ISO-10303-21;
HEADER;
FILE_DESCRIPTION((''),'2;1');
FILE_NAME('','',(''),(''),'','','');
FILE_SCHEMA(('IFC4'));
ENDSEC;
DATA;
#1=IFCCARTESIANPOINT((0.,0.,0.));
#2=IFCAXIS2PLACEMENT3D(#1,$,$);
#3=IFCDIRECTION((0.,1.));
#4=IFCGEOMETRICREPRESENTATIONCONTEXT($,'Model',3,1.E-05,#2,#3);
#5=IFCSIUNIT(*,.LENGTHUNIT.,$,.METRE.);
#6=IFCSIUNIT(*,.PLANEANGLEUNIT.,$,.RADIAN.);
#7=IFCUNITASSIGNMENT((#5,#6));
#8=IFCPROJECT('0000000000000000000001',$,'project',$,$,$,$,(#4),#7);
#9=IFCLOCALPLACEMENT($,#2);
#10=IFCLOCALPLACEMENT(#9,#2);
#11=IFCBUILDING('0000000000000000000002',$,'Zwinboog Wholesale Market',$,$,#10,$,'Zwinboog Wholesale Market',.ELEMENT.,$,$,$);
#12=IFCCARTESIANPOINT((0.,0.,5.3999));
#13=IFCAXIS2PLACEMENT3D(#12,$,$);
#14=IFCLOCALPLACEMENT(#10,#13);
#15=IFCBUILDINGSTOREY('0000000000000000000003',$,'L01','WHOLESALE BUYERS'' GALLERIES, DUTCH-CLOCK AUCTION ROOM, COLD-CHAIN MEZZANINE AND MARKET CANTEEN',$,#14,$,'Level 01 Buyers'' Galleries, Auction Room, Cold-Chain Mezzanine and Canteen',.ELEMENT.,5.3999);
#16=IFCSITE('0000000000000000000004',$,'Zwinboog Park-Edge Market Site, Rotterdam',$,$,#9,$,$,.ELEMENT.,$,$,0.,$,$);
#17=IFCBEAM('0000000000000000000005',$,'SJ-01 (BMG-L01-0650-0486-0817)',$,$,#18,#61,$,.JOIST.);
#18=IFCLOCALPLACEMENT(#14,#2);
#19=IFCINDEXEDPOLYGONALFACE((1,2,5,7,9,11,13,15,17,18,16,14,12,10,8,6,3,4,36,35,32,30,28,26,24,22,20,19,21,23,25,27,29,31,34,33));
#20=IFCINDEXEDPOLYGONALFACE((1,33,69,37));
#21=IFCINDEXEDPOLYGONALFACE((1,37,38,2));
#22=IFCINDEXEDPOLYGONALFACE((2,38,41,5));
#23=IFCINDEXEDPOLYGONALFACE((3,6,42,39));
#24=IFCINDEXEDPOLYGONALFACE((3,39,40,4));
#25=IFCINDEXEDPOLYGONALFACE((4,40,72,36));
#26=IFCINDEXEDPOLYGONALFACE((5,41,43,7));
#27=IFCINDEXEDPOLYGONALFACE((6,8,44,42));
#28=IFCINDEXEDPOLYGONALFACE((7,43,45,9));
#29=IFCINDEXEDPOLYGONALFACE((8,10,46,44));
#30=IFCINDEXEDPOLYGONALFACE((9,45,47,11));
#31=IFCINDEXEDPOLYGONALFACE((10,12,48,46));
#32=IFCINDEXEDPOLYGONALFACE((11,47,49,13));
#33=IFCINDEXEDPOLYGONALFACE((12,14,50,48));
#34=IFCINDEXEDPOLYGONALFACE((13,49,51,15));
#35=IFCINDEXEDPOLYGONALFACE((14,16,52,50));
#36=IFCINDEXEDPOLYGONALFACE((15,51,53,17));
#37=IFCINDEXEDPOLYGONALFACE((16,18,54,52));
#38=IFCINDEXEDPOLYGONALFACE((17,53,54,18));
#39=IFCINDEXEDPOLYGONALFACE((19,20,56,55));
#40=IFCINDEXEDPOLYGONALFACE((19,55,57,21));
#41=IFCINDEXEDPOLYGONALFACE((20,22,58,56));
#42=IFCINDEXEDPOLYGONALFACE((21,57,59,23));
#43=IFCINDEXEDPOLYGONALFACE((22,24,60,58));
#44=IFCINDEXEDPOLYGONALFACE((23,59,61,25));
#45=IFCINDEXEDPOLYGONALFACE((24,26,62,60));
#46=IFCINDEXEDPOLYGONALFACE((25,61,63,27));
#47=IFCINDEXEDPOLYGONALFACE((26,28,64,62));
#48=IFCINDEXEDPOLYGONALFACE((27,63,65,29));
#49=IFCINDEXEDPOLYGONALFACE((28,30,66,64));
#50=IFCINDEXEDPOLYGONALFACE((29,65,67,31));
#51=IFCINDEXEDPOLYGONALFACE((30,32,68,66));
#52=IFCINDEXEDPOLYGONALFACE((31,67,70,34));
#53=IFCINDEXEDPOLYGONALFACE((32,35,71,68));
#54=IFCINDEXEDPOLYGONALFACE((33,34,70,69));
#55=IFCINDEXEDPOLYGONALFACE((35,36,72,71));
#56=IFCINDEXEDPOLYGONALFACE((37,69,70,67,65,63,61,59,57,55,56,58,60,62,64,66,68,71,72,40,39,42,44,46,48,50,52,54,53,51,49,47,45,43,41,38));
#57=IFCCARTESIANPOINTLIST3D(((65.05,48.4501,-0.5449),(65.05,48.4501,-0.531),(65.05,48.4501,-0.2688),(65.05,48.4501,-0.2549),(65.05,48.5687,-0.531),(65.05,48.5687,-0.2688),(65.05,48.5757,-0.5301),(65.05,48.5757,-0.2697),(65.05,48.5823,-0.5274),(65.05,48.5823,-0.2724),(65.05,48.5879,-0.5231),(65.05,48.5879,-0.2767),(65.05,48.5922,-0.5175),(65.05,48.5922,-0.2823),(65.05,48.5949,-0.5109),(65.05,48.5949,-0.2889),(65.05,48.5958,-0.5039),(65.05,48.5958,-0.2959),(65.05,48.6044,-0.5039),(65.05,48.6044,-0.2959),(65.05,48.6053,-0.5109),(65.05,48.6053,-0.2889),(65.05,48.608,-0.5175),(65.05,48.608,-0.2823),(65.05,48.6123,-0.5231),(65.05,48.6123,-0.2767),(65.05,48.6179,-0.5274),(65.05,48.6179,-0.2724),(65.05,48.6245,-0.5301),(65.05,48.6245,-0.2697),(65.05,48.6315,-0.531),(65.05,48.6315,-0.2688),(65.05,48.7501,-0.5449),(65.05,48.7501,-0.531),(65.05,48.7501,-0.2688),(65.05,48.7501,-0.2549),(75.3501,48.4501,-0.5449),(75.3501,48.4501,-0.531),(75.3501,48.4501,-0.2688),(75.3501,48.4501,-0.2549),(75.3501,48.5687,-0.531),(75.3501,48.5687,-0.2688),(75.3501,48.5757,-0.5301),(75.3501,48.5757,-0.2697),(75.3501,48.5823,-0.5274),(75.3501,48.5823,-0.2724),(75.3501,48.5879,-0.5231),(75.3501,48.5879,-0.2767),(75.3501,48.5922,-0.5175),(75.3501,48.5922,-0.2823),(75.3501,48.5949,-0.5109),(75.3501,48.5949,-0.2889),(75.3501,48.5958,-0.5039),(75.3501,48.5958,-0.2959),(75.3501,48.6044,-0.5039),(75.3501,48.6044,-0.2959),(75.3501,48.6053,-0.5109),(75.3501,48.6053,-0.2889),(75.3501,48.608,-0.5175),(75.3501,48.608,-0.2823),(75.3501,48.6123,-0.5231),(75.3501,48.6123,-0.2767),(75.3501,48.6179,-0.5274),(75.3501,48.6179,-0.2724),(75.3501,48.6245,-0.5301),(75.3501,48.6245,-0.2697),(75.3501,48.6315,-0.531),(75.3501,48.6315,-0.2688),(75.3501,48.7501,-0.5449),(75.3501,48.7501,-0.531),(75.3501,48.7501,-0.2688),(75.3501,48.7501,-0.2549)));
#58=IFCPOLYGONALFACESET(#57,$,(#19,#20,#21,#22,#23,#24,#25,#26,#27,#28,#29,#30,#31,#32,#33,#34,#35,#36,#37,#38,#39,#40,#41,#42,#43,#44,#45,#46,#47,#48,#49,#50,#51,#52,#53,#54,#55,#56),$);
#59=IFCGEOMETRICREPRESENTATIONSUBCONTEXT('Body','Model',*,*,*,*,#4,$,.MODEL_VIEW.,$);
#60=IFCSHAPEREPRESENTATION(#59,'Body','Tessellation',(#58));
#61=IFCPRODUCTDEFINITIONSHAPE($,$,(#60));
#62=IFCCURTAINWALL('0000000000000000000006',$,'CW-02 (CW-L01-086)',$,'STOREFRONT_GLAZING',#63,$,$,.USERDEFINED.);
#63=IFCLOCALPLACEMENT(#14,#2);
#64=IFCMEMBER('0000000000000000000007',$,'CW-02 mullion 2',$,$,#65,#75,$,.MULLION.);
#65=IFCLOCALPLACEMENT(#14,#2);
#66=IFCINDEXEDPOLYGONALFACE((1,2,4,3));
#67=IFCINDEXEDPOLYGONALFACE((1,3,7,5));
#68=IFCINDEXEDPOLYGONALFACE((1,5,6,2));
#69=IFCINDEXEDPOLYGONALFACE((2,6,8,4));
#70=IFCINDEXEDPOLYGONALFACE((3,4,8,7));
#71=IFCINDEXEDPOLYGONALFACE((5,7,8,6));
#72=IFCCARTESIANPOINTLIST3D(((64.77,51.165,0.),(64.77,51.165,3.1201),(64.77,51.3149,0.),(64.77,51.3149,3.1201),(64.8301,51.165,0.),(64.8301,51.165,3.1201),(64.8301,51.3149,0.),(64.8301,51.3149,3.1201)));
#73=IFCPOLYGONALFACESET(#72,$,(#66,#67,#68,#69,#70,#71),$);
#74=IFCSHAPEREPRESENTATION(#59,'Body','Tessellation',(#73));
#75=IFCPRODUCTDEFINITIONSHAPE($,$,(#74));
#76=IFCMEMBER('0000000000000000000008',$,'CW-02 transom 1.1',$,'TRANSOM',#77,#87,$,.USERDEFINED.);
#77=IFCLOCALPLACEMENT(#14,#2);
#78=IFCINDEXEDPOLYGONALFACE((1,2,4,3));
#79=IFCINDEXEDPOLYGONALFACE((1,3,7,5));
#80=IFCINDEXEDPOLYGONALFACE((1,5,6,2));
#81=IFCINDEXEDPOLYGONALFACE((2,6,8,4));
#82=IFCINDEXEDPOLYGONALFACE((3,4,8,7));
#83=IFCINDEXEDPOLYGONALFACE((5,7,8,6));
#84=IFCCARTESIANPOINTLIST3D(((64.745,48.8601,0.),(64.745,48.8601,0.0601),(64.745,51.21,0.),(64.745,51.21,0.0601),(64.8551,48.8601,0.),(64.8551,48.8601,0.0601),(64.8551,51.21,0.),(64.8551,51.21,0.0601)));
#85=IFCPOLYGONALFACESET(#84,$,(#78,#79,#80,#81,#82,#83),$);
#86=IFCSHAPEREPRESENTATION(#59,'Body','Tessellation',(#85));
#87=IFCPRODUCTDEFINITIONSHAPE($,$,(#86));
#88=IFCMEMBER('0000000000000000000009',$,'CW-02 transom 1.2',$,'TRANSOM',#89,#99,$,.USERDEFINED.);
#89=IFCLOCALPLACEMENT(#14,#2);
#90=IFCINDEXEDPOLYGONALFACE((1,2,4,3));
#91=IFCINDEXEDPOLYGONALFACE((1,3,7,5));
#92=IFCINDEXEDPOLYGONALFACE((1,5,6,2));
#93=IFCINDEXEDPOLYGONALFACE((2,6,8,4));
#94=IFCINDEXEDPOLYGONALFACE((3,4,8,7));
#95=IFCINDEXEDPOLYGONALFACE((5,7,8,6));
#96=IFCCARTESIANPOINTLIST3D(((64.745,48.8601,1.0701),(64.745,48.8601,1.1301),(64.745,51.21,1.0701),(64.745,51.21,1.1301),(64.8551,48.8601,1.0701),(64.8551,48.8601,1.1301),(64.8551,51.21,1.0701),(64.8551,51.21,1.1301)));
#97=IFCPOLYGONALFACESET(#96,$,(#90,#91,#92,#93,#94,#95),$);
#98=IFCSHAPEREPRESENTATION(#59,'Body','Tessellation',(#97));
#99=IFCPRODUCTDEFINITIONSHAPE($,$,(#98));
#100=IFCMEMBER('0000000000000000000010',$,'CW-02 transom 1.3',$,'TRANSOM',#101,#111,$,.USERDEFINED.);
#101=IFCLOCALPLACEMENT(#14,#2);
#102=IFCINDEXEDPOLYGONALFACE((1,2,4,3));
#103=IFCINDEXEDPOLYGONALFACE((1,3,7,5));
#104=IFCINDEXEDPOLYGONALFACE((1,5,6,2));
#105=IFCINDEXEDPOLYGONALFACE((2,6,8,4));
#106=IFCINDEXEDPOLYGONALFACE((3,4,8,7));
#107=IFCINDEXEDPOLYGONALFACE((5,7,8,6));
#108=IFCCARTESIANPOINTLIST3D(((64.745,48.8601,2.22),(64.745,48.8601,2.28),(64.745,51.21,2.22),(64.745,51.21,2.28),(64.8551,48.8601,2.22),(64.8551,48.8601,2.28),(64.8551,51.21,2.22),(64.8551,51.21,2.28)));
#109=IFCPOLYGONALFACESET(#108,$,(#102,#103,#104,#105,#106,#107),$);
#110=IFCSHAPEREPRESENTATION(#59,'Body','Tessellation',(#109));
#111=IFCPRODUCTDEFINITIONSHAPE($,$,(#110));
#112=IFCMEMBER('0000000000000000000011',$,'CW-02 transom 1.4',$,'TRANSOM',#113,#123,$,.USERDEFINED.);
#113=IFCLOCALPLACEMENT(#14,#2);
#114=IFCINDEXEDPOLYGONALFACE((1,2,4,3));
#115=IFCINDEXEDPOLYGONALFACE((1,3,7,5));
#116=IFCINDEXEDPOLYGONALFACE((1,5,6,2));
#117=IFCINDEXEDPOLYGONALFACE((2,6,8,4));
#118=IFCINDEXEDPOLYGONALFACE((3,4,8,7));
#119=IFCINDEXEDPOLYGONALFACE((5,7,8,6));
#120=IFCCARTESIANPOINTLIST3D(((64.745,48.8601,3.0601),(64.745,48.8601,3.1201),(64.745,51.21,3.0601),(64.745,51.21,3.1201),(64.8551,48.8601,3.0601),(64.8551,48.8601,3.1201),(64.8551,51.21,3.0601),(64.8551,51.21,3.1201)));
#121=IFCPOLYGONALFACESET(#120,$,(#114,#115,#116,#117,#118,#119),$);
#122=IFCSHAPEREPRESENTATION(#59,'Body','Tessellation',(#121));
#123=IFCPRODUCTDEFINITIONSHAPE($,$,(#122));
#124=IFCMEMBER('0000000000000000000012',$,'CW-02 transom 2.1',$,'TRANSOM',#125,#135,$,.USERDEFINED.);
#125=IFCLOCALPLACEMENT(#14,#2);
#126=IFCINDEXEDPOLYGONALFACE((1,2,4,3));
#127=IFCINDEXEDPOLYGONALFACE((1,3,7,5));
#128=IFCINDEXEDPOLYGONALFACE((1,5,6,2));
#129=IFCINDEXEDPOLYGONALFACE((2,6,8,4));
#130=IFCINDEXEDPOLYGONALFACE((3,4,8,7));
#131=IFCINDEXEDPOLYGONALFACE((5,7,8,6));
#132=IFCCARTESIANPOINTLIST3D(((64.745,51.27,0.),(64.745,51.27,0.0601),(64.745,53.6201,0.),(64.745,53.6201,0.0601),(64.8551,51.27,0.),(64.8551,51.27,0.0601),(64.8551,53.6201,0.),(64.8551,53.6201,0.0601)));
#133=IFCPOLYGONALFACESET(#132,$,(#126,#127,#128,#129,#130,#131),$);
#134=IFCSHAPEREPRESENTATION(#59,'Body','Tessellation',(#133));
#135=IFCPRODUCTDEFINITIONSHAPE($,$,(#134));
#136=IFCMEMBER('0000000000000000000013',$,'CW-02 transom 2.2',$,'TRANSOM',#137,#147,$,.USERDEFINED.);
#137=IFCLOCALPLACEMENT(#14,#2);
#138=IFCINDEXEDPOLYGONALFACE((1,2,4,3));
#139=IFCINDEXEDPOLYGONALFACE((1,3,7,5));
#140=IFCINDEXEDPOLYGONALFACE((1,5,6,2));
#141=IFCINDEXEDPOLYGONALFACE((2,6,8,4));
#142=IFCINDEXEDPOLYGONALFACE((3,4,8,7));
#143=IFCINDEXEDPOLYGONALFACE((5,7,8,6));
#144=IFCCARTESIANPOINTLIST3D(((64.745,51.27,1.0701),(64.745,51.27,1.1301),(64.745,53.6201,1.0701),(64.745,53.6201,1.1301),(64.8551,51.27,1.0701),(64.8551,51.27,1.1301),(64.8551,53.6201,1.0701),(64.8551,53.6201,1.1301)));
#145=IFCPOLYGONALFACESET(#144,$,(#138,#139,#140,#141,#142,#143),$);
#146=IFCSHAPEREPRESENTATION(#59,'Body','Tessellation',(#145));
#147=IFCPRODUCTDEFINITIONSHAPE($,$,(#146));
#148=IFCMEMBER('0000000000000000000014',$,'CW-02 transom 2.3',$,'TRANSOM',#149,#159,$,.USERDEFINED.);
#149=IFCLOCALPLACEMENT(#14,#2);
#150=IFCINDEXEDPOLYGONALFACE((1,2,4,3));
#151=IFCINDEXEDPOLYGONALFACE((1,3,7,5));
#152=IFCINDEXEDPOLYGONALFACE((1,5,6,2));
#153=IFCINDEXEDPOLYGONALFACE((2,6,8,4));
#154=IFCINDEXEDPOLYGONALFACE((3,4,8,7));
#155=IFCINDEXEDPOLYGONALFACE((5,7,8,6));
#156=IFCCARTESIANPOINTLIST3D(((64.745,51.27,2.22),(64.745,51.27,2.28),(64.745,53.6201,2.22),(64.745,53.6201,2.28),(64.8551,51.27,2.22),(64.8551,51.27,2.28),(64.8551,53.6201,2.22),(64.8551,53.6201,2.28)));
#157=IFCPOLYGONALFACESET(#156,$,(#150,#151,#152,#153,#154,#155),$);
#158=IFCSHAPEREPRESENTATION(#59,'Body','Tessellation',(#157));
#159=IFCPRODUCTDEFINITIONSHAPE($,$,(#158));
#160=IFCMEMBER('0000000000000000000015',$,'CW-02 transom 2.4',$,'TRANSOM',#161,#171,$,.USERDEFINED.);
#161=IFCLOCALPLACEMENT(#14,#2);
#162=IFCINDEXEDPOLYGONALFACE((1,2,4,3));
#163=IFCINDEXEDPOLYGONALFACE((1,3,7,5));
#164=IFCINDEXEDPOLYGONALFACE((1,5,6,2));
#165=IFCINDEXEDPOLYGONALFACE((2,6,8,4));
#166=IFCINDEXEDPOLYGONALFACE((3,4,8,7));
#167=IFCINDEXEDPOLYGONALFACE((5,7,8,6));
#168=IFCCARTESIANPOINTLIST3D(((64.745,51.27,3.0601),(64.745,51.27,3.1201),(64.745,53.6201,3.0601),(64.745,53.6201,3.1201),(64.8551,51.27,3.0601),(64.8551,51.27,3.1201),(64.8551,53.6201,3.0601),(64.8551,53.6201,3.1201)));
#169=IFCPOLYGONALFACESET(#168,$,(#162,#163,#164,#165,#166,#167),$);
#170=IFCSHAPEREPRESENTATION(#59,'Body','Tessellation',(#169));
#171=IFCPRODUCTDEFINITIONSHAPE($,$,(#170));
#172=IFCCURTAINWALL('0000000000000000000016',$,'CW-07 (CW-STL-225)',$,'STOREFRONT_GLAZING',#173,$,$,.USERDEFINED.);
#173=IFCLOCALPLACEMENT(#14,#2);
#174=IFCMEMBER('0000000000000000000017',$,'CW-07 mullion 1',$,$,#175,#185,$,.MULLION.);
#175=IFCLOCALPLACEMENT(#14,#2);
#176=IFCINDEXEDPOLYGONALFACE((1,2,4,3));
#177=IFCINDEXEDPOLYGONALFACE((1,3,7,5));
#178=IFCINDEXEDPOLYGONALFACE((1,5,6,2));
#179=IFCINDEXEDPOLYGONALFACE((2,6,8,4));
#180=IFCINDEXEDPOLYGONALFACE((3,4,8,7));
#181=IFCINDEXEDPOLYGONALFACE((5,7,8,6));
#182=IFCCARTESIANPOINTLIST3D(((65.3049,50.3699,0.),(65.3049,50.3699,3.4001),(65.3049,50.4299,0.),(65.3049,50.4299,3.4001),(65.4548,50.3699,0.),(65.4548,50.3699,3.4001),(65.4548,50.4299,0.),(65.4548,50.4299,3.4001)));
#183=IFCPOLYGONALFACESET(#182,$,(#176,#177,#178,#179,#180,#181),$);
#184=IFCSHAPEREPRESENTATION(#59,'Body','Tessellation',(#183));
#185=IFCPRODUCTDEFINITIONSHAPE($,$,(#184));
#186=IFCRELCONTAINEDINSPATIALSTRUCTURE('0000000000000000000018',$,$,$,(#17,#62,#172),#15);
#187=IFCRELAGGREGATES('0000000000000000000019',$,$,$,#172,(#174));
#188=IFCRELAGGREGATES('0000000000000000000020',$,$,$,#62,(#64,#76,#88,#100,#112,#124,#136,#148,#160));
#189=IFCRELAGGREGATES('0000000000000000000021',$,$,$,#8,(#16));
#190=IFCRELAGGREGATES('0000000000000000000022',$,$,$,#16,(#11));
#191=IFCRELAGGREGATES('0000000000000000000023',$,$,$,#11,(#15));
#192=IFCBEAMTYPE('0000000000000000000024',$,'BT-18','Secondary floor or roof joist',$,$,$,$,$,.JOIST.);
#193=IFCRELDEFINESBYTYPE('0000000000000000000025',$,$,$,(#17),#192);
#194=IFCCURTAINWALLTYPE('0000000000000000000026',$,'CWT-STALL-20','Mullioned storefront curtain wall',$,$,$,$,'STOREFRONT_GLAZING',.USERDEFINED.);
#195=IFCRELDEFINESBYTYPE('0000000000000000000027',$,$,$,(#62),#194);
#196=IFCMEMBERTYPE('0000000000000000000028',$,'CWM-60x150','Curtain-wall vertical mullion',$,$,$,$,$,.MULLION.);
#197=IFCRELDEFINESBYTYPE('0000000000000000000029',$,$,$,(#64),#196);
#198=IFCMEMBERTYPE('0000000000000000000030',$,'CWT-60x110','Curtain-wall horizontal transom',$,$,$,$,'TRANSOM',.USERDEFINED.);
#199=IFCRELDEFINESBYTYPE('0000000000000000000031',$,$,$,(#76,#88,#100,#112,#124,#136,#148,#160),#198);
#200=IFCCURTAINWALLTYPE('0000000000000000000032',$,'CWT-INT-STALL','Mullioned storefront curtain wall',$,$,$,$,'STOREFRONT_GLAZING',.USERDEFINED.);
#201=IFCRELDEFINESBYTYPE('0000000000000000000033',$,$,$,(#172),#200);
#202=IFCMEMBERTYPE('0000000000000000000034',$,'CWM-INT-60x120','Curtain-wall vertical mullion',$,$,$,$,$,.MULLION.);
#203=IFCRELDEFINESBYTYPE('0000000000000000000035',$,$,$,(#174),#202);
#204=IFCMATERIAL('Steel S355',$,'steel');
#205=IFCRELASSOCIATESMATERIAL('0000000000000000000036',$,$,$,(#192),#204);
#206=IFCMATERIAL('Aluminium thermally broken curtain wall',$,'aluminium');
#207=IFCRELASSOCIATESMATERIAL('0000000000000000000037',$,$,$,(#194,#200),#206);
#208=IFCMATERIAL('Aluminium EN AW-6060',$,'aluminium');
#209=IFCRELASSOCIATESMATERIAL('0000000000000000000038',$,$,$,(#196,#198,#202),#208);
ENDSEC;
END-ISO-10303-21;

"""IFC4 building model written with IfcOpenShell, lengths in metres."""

from ifc_helpers import new_model, si_unit, direction, frame, origin, origin_2d, place, context, subcontext, project, spatial, rectangle, i_section, extrude, material, material_profile, profile_set, type_object, element, aggregate, save


model = new_model("IFC4")

# Units and contexts
model_context = context("Model", 3, precision=1e-05, world=origin(), true_north=direction((0.0, 1.0)))
body_context = subcontext(model_context, "Body", "Model", "MODEL_VIEW")
ifc_project = project(units=[si_unit("LENGTHUNIT", "METRE"), si_unit("PLANEANGLEUNIT", "RADIAN")], contexts=[model_context])

# Site, building, storey
site_placement = place(None, origin())
site = spatial("IfcSite", under=ifc_project, at=site_placement, Name="Zwinboog Park-Edge Market Site, Rotterdam", CompositionType="ELEMENT", RefElevation=0.0)
building_placement = place(site_placement, origin())
building = spatial("IfcBuilding", under=site, at=building_placement, Name="Zwinboog Wholesale Market", LongName="Zwinboog Wholesale Market", CompositionType="ELEMENT")
storey_placement = place(building_placement, frame((0.0, 0.0, 5.3999)))
storey = spatial("IfcBuildingStorey", under=building, at=storey_placement, Name="L01", Description="WHOLESALE BUYERS' GALLERIES, DUTCH-CLOCK AUCTION ROOM, COLD-CHAIN MEZZANINE AND MARKET CANTEEN", LongName="Level 01 Buyers' Galleries, Auction Room, Cold-Chain Mezzanine and Canteen", CompositionType="ELEMENT", Elevation=5.3999)

# Beam
ifc_material_1 = material(Name="Steel S355", Category="steel")
ifc_material_profile_1 = material_profile(ifc_material_1, i_section(OverallWidth=0.3, OverallDepth=0.29, WebThickness=0.0085, FlangeThickness=0.0139, FilletRadius=0.0271, at=origin_2d()), Name="HEA 300")
ifc_profile_set_1 = profile_set([ifc_material_profile_1], Name="Steel S355")
beam_type = type_object("IfcBeamType", Name="BT-18", Description="Secondary floor or roof joist", PredefinedType="JOIST", material=ifc_profile_set_1)
beam_placement = place(storey_placement, frame((65.05, 48.6001, -0.3999), z_axis=(1.0, 0.0, 0.0), x_axis=(0.0, 1.0, 0.0)))
element("IfcBeam", 1, at=beam_placement, inside=storey, type_object=beam_type, Name="SJ-01 (BMG-L01-0650-0486-0817)", PredefinedType="JOIST", context=body_context, shape_type="SweptSolid", body=[
    extrude(i_section(OverallWidth=0.3, OverallDepth=0.29, WebThickness=0.0085, FlangeThickness=0.0139, FilletRadius=0.0271, at=origin_2d()), origin(), (0.0, 0.0, 1.0), 10.3),
])

# Curtain walls, members
ifc_material_2 = material(Name="Aluminium thermally broken curtain wall", Category="aluminium")
curtain_wall_type_1 = type_object("IfcCurtainWallType", Name="CWT-STALL-20", Description="Mullioned storefront curtain wall", ElementType="STOREFRONT_GLAZING", PredefinedType="USERDEFINED", material=ifc_material_2)
curtain_wall_1_placement = place(storey_placement, origin())
curtain_wall_1 = element("IfcCurtainWall", 2, at=curtain_wall_1_placement, inside=storey, type_object=curtain_wall_type_1, Name="CW-02 (CW-L01-086)", ObjectType="STOREFRONT_GLAZING", PredefinedType="USERDEFINED")
ifc_material_3 = material(Name="Aluminium EN AW-6060", Category="aluminium")
ifc_material_profile_2 = material_profile(ifc_material_3, rectangle(XDim=0.0601, YDim=0.1499, at=origin_2d()), Name="AL 60x150")
ifc_profile_set_2 = profile_set([ifc_material_profile_2], Name="Aluminium EN AW-6060")
member_type_1 = type_object("IfcMemberType", Name="CWM-60x150", Description="Curtain-wall vertical mullion", PredefinedType="MULLION", material=ifc_profile_set_2)
member_1_placement = place(storey_placement, frame((64.8, 51.24, 0.0), z_axis=(0.0, 0.0, 1.0), x_axis=(-1.0, 0.0, 0.0)))
member_1 = element("IfcMember", 3, at=member_1_placement, type_object=member_type_1, Name="CW-02 mullion 2", PredefinedType="MULLION", context=body_context, shape_type="SweptSolid", body=[
    extrude(rectangle(XDim=0.0601, YDim=0.1499, at=origin_2d()), origin(), (0.0, 0.0, 1.0), 3.1201),
])
ifc_material_profile_3 = material_profile(ifc_material_3, rectangle(XDim=0.1101, YDim=0.0601, at=origin_2d()), Name="AL 60x110")
ifc_profile_set_3 = profile_set([ifc_material_profile_3], Name="Aluminium EN AW-6060")
member_type_2 = type_object("IfcMemberType", Name="CWT-60x110", Description="Curtain-wall horizontal transom", ElementType="TRANSOM", PredefinedType="USERDEFINED", material=ifc_profile_set_3)
member_2_placement = place(storey_placement, frame((64.8, 48.8601, 0.03), z_axis=(0.0, 1.0, 0.0), x_axis=(-1.0, 0.0, 0.0)))
member_2 = element("IfcMember", 4, at=member_2_placement, type_object=member_type_2, Name="CW-02 transom 1.1", ObjectType="TRANSOM", PredefinedType="USERDEFINED", context=body_context, shape_type="SweptSolid", body=[
    extrude(rectangle(XDim=0.1101, YDim=0.0601, at=origin_2d()), origin(), (0.0, 0.0, 1.0), 2.3499),
])
member_3_placement = place(storey_placement, frame((64.8, 48.8601, 1.1001), z_axis=(0.0, 1.0, 0.0), x_axis=(-1.0, 0.0, 0.0)))
member_3 = element("IfcMember", 5, at=member_3_placement, type_object=member_type_2, Name="CW-02 transom 1.2", ObjectType="TRANSOM", PredefinedType="USERDEFINED", context=body_context, shape_type="SweptSolid", body=[
    extrude(rectangle(XDim=0.1101, YDim=0.0601, at=origin_2d()), origin(), (0.0, 0.0, 1.0), 2.3499),
])
member_4_placement = place(storey_placement, frame((64.8, 48.8601, 2.25), z_axis=(0.0, 1.0, 0.0), x_axis=(-1.0, 0.0, 0.0)))
member_4 = element("IfcMember", 6, at=member_4_placement, type_object=member_type_2, Name="CW-02 transom 1.3", ObjectType="TRANSOM", PredefinedType="USERDEFINED", context=body_context, shape_type="SweptSolid", body=[
    extrude(rectangle(XDim=0.1101, YDim=0.0601, at=origin_2d()), origin(), (0.0, 0.0, 1.0), 2.3499),
])
member_5_placement = place(storey_placement, frame((64.8, 48.8601, 3.0901), z_axis=(0.0, 1.0, 0.0), x_axis=(-1.0, 0.0, 0.0)))
member_5 = element("IfcMember", 7, at=member_5_placement, type_object=member_type_2, Name="CW-02 transom 1.4", ObjectType="TRANSOM", PredefinedType="USERDEFINED", context=body_context, shape_type="SweptSolid", body=[
    extrude(rectangle(XDim=0.1101, YDim=0.0601, at=origin_2d()), origin(), (0.0, 0.0, 1.0), 2.3499),
])
member_6_placement = place(storey_placement, frame((64.8, 51.27, 0.03), z_axis=(0.0, 1.0, 0.0), x_axis=(-1.0, 0.0, 0.0)))
member_6 = element("IfcMember", 8, at=member_6_placement, type_object=member_type_2, Name="CW-02 transom 2.1", ObjectType="TRANSOM", PredefinedType="USERDEFINED", context=body_context, shape_type="SweptSolid", body=[
    extrude(rectangle(XDim=0.1101, YDim=0.0601, at=origin_2d()), origin(), (0.0, 0.0, 1.0), 2.3501),
])
member_7_placement = place(storey_placement, frame((64.8, 51.27, 1.1001), z_axis=(0.0, 1.0, 0.0), x_axis=(-1.0, 0.0, 0.0)))
member_7 = element("IfcMember", 9, at=member_7_placement, type_object=member_type_2, Name="CW-02 transom 2.2", ObjectType="TRANSOM", PredefinedType="USERDEFINED", context=body_context, shape_type="SweptSolid", body=[
    extrude(rectangle(XDim=0.1101, YDim=0.0601, at=origin_2d()), origin(), (0.0, 0.0, 1.0), 2.3501),
])
member_8_placement = place(storey_placement, frame((64.8, 51.27, 2.25), z_axis=(0.0, 1.0, 0.0), x_axis=(-1.0, 0.0, 0.0)))
member_8 = element("IfcMember", 10, at=member_8_placement, type_object=member_type_2, Name="CW-02 transom 2.3", ObjectType="TRANSOM", PredefinedType="USERDEFINED", context=body_context, shape_type="SweptSolid", body=[
    extrude(rectangle(XDim=0.1101, YDim=0.0601, at=origin_2d()), origin(), (0.0, 0.0, 1.0), 2.3501),
])
member_9_placement = place(storey_placement, frame((64.8, 51.27, 3.0901), z_axis=(0.0, 1.0, 0.0), x_axis=(-1.0, 0.0, 0.0)))
member_9 = element("IfcMember", 11, at=member_9_placement, type_object=member_type_2, Name="CW-02 transom 2.4", ObjectType="TRANSOM", PredefinedType="USERDEFINED", context=body_context, shape_type="SweptSolid", body=[
    extrude(rectangle(XDim=0.1101, YDim=0.0601, at=origin_2d()), origin(), (0.0, 0.0, 1.0), 2.3501),
])
curtain_wall_type_2 = type_object("IfcCurtainWallType", Name="CWT-INT-STALL", Description="Mullioned storefront curtain wall", ElementType="STOREFRONT_GLAZING", PredefinedType="USERDEFINED", material=ifc_material_2)
curtain_wall_2_placement = place(storey_placement, origin())
curtain_wall_2 = element("IfcCurtainWall", 12, at=curtain_wall_2_placement, inside=storey, type_object=curtain_wall_type_2, Name="CW-07 (CW-STL-225)", ObjectType="STOREFRONT_GLAZING", PredefinedType="USERDEFINED")
ifc_material_profile_4 = material_profile(ifc_material_3, rectangle(XDim=0.0601, YDim=0.1499, at=origin_2d()), Name="AL 60x150")
ifc_profile_set_4 = profile_set([ifc_material_profile_4], Name="Aluminium EN AW-6060")
member_type_3 = type_object("IfcMemberType", Name="CWM-INT-60x120", Description="Curtain-wall vertical mullion", PredefinedType="MULLION", material=ifc_profile_set_4)
member_10_placement = place(storey_placement, frame((65.3799, 50.3999, 0.0), z_axis=(0.0, 0.0, 1.0), x_axis=(0.0, 1.0, 0.0)))
member_10 = element("IfcMember", 13, at=member_10_placement, type_object=member_type_3, Name="CW-07 mullion 1", PredefinedType="MULLION", context=body_context, shape_type="SweptSolid", body=[
    extrude(rectangle(XDim=0.0601, YDim=0.1499, at=origin_2d()), origin(), (0.0, 0.0, 1.0), 3.4001),
])
aggregate(curtain_wall_2, [member_10])

aggregate(curtain_wall_1, [member_1, member_2, member_3, member_4, member_5, member_6, member_7, member_8, member_9])

save(model, "model.ifc")
